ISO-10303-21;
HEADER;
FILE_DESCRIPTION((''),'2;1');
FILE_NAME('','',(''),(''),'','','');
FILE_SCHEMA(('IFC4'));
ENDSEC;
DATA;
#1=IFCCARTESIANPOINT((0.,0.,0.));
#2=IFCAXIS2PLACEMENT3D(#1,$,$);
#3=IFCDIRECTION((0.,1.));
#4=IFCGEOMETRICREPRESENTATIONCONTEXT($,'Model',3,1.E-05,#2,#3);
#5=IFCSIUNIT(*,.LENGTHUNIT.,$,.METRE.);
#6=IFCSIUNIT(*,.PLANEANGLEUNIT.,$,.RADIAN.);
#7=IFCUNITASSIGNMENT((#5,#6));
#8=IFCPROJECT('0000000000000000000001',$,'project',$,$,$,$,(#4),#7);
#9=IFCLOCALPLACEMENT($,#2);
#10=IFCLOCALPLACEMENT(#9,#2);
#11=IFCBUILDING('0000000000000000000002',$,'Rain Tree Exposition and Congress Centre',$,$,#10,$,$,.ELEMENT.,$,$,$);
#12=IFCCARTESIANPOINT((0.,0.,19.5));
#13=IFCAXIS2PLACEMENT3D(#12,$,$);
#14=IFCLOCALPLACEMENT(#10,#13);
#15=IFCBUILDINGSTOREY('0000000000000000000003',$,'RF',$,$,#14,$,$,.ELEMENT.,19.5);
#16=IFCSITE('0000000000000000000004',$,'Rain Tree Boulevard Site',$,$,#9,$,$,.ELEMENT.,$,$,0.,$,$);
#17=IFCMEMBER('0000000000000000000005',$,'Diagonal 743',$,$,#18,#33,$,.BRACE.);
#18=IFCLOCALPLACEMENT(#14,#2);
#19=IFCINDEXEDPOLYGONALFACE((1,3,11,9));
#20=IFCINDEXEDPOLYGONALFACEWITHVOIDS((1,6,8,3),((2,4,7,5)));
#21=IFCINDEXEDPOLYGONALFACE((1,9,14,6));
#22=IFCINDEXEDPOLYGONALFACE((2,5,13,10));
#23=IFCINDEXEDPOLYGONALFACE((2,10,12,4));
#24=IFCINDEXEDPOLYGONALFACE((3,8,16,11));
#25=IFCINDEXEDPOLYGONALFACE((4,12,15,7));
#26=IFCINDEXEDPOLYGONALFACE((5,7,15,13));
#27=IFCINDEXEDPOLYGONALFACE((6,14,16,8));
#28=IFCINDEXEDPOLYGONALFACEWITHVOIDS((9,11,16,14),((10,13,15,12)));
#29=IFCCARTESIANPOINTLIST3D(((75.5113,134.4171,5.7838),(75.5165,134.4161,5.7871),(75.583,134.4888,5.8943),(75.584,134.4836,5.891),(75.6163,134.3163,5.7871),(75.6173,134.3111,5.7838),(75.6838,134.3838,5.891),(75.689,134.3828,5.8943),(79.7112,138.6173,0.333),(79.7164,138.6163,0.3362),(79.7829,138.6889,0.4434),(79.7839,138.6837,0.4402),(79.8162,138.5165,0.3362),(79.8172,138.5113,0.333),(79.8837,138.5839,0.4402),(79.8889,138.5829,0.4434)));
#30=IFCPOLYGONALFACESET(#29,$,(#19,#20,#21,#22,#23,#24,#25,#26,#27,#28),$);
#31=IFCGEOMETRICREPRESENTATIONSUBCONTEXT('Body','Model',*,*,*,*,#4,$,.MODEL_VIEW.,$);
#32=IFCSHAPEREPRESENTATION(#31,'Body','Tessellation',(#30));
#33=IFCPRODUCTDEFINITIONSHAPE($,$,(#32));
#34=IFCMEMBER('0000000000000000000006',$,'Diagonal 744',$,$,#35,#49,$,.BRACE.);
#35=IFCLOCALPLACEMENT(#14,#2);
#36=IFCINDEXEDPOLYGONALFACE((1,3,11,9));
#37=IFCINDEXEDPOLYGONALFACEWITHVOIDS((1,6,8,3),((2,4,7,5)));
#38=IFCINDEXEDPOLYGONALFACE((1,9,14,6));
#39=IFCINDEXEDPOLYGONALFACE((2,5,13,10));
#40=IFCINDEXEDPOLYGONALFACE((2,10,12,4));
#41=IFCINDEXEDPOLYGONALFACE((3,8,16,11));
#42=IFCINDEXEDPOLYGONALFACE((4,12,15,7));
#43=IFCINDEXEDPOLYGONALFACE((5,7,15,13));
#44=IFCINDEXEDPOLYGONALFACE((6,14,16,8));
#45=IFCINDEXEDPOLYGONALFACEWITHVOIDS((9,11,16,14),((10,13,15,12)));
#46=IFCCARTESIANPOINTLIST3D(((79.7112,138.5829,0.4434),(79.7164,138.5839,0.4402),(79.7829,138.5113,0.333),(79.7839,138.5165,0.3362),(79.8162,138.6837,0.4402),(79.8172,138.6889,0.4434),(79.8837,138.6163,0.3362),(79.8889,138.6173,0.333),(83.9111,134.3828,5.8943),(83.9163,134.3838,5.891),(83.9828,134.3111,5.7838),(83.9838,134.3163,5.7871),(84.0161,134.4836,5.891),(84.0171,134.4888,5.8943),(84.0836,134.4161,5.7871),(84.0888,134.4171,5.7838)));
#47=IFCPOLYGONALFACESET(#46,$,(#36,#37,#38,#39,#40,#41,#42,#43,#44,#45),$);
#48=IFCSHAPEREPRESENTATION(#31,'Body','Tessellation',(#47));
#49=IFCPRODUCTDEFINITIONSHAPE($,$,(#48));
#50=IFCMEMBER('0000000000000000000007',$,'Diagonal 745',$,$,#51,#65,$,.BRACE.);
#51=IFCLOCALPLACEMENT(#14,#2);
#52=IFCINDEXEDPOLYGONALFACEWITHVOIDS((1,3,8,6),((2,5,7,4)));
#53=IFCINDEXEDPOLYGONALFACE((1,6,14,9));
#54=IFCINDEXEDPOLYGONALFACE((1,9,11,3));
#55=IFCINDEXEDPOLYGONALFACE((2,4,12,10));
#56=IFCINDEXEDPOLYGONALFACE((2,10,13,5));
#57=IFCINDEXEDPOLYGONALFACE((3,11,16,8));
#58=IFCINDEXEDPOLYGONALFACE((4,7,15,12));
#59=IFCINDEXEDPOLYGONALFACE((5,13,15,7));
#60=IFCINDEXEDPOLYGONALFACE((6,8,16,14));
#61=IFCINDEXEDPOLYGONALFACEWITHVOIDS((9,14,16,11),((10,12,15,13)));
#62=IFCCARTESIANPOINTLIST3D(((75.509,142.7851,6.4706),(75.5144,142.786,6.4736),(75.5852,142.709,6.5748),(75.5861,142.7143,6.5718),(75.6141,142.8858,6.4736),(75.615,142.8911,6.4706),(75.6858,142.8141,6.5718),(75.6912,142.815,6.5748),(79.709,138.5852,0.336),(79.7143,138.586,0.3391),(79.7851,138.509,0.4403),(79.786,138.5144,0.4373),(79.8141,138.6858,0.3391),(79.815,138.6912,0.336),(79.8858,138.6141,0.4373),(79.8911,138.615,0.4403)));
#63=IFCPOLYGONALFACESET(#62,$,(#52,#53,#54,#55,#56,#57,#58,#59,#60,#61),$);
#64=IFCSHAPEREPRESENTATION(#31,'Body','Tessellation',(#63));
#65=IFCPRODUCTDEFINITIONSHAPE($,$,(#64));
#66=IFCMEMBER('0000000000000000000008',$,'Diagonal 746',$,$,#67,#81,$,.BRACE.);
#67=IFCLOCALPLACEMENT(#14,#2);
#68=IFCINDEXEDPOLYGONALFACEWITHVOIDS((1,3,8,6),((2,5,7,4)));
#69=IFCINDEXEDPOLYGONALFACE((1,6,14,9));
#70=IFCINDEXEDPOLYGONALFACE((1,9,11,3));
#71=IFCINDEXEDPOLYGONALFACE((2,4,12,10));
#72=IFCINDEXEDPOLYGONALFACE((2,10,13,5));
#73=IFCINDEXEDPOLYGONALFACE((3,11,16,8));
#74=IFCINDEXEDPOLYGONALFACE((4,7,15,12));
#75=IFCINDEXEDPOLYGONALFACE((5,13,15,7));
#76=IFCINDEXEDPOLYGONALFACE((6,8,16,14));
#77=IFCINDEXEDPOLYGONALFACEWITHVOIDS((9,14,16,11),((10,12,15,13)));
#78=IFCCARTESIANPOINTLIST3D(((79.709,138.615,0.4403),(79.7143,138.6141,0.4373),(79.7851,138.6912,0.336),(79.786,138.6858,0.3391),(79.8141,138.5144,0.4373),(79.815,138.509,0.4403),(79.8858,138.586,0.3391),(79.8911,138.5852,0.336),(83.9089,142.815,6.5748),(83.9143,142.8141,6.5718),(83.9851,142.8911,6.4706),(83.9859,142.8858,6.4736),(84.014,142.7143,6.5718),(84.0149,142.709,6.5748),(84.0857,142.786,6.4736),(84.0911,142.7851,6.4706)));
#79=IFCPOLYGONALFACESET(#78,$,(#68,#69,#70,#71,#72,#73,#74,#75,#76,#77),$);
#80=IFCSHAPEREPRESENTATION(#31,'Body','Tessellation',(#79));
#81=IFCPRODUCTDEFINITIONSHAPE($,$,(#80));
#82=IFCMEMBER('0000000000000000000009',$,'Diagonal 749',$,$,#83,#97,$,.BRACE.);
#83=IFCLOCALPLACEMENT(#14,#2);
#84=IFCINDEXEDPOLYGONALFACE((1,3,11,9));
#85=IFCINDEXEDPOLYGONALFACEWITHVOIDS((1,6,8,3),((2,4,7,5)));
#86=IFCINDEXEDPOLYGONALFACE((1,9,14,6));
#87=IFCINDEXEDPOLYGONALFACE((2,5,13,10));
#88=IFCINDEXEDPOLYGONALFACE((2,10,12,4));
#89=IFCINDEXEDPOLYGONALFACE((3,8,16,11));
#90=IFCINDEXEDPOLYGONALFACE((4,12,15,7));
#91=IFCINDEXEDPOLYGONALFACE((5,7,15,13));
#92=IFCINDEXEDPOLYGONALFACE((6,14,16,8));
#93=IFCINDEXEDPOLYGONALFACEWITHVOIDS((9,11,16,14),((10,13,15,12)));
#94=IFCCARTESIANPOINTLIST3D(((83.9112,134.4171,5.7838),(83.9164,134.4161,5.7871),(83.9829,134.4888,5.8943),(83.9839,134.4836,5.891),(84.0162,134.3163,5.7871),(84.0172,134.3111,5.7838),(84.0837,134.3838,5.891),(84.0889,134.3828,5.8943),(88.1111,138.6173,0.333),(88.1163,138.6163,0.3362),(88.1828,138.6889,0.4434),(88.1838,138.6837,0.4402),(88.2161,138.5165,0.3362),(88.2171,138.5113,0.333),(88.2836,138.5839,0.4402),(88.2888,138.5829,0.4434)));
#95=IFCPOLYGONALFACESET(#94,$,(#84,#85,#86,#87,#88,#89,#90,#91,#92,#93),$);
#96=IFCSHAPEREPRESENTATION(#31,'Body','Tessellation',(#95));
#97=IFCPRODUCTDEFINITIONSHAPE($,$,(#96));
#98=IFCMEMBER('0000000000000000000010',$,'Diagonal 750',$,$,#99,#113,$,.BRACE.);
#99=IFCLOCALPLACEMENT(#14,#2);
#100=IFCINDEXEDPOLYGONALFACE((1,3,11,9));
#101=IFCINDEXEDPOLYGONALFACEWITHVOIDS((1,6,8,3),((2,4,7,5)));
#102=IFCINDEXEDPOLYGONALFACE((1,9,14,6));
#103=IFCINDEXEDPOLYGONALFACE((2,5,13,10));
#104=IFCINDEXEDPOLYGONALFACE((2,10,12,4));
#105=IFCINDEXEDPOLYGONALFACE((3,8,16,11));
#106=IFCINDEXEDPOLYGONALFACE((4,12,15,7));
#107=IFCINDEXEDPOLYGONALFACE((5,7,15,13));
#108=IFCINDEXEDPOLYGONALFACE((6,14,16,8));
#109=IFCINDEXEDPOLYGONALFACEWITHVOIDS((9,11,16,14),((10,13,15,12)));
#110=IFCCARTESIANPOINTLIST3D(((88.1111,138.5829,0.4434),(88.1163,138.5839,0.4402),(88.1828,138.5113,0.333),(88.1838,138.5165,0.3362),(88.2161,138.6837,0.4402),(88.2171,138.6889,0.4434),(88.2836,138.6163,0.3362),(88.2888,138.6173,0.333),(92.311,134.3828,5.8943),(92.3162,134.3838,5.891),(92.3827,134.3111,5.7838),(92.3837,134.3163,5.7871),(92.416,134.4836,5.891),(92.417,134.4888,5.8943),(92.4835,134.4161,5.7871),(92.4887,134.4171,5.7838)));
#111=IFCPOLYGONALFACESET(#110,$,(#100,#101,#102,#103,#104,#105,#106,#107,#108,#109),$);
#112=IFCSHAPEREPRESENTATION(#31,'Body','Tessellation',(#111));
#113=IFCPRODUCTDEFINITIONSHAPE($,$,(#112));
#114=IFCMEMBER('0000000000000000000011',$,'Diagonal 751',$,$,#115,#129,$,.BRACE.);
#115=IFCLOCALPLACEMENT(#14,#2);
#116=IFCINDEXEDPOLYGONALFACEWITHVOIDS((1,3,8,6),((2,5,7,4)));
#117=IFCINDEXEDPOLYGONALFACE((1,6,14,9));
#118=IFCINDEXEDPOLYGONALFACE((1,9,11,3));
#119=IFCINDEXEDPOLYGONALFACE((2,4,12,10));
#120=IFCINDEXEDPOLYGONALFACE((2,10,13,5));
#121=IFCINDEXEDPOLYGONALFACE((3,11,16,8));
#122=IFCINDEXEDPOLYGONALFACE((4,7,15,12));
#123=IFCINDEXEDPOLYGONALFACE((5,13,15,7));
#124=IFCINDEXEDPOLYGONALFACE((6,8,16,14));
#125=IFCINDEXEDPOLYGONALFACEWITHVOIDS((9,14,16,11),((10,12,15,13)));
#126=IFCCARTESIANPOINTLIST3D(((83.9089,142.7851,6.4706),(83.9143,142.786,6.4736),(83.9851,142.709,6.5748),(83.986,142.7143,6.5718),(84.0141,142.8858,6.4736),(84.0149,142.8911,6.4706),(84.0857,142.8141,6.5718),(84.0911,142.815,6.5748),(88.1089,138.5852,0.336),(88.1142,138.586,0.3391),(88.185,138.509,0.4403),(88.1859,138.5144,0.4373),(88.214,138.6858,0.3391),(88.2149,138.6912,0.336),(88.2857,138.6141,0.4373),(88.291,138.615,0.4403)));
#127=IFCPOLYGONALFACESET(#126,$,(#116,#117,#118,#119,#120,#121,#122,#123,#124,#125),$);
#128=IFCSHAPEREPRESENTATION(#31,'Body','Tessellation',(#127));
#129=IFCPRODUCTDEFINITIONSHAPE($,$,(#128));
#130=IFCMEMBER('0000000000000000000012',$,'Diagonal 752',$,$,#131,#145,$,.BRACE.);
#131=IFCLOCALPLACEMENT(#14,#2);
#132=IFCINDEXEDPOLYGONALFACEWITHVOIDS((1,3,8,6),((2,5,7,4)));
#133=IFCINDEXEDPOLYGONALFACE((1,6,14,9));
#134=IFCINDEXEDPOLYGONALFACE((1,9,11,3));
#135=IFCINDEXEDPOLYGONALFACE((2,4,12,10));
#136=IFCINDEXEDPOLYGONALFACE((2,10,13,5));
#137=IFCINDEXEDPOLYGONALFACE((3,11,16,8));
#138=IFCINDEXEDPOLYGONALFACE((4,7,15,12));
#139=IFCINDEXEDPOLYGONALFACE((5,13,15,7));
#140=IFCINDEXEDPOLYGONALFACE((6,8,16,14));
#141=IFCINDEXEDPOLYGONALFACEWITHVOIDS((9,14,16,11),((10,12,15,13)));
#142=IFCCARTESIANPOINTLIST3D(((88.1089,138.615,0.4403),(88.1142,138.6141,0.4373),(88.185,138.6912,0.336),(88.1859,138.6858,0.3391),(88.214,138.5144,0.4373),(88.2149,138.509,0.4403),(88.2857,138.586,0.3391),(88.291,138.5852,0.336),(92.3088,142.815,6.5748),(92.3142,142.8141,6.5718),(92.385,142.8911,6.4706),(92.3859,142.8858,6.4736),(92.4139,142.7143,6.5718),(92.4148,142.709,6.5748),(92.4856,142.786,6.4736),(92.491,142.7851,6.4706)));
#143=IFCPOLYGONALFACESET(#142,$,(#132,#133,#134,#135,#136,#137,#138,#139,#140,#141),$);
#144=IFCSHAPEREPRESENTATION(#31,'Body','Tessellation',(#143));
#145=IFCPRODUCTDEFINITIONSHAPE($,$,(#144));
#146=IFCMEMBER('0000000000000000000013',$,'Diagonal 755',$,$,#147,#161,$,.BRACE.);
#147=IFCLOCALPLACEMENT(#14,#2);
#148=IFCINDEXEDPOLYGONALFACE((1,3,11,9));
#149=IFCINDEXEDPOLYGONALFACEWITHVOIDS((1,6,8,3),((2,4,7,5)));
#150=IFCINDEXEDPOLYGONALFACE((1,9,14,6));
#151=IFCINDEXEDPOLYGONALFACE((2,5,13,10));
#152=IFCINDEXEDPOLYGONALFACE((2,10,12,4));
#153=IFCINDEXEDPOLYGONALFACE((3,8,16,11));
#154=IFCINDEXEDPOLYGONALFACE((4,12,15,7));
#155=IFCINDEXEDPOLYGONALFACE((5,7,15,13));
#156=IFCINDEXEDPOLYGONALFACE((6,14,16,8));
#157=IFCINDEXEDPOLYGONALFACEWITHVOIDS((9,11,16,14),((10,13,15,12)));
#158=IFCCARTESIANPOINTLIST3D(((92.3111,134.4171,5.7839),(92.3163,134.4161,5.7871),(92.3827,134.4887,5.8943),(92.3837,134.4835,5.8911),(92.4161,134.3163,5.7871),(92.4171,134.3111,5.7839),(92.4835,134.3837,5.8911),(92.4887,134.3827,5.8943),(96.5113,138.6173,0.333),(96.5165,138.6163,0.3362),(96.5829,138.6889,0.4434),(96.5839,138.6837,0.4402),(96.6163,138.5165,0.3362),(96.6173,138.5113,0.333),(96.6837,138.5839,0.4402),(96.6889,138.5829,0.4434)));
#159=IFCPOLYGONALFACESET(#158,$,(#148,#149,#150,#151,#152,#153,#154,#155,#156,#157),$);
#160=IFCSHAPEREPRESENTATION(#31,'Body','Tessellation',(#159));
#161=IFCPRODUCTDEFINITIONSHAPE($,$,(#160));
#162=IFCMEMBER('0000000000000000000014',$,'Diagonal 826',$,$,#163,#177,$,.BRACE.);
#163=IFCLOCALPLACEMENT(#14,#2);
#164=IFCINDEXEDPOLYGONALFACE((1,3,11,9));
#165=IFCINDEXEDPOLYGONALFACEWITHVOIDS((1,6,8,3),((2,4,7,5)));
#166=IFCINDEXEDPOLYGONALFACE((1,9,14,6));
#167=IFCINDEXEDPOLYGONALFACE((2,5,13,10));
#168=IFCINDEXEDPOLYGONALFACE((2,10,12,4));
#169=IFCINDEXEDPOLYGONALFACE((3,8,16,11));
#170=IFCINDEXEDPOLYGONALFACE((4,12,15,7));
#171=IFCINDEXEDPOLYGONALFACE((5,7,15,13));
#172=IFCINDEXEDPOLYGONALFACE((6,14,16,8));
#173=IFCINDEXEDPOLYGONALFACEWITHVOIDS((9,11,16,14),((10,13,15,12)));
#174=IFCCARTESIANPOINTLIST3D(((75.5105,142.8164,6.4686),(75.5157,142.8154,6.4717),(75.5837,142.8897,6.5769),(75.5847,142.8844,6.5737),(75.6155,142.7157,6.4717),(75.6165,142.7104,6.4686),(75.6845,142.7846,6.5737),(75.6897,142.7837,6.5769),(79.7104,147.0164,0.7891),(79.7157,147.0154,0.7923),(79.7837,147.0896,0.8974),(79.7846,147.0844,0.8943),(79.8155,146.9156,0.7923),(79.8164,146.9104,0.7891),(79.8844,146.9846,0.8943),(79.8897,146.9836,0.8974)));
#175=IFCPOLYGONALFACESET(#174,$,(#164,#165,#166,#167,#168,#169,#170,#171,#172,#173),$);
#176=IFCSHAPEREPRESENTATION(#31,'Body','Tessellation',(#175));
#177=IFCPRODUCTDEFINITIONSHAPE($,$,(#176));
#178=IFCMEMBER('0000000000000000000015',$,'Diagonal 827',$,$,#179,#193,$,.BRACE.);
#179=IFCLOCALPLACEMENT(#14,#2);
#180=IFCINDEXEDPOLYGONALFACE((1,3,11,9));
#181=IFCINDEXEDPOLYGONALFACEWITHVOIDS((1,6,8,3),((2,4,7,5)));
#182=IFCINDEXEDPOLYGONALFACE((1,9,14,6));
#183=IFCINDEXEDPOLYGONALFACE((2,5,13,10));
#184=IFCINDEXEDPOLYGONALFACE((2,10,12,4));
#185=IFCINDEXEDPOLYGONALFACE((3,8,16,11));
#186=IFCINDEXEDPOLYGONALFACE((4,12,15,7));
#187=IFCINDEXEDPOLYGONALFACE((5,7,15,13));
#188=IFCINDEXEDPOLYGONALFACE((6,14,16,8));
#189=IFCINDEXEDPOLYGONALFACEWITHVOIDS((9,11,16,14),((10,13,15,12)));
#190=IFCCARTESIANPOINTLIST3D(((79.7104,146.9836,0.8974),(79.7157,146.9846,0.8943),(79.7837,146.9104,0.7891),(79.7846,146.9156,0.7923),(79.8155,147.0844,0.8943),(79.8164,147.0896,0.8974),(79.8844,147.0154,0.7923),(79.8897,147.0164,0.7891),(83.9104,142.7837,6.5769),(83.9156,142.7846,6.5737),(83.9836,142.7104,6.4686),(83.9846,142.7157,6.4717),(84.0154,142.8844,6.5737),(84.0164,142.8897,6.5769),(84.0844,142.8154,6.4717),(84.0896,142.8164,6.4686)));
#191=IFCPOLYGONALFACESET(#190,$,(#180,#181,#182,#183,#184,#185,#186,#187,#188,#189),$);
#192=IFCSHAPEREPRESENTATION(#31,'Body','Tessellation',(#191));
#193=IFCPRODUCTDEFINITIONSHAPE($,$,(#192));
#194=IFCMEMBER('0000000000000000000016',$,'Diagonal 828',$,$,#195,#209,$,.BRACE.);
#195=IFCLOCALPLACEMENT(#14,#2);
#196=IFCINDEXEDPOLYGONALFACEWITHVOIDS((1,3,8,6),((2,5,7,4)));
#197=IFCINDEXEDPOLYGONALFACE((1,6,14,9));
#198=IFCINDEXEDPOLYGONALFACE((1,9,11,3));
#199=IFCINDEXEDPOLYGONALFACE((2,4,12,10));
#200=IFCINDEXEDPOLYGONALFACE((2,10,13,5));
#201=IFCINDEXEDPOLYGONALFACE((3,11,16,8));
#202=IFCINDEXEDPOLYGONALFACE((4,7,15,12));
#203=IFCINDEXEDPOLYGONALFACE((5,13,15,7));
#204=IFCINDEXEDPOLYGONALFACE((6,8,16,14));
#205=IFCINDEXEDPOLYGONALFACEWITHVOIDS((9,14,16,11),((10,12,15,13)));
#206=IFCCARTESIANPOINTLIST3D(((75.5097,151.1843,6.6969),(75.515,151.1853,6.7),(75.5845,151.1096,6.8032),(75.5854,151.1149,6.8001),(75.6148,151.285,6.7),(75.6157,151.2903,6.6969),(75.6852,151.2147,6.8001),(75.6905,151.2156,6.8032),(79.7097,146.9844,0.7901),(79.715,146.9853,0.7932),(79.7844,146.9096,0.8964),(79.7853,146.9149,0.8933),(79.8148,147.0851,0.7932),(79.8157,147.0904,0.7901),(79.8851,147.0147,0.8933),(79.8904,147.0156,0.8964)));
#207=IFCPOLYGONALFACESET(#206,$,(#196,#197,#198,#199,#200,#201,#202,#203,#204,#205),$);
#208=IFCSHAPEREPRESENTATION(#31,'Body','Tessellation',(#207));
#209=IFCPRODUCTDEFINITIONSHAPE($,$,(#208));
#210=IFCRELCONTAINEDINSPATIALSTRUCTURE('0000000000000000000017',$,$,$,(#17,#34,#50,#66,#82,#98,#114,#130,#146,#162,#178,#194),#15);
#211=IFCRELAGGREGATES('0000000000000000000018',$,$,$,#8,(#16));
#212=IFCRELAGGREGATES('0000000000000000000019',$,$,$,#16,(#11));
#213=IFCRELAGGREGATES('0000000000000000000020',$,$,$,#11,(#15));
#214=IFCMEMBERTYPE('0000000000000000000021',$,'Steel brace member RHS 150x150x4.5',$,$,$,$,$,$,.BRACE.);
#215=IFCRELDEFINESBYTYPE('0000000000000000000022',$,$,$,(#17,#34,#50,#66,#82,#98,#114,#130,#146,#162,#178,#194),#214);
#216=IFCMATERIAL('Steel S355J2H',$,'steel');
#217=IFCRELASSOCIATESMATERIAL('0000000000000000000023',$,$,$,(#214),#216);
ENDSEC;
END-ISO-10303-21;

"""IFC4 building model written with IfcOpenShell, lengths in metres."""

from ifc_helpers import new_model, si_unit, direction, frame, origin, origin_2d, place, context, subcontext, project, spatial, hollow_rectangle, extrude, material, material_profile, profile_set, type_object, element, save


model = new_model("IFC4")

# Units and contexts
model_context = context("Model", 3, precision=1e-05, world=origin(), true_north=direction((0.0, 1.0)))
body_context = subcontext(model_context, "Body", "Model", "MODEL_VIEW")
ifc_project = project(units=[si_unit("LENGTHUNIT", "METRE"), si_unit("PLANEANGLEUNIT", "RADIAN")], contexts=[model_context])

# Site, building, storey
site_placement = place(None, origin())
site = spatial("IfcSite", under=ifc_project, at=site_placement, Name="Rain Tree Boulevard Site", CompositionType="ELEMENT", RefElevation=0.0)
building_placement = place(site_placement, origin())
building = spatial("IfcBuilding", under=site, at=building_placement, Name="Rain Tree Exposition and Congress Centre", CompositionType="ELEMENT")
storey_placement = place(building_placement, frame((0.0, 0.0, 19.5)))
storey = spatial("IfcBuildingStorey", under=building, at=storey_placement, Name="RF", CompositionType="ELEMENT", Elevation=19.5)

# Members
ifc_material_1 = material(Name="Steel S355J2H", Category="steel")
ifc_material_profile_1 = material_profile(ifc_material_1, hollow_rectangle(XDim=0.1499, YDim=0.1499, WallThickness=0.0044, at=origin_2d()), Name="RHS 150x150x4.5")
ifc_profile_set_1 = profile_set([ifc_material_profile_1], Name="Steel S355J2H")
member_type_1 = type_object("IfcMemberType", Name="Steel brace member RHS 150x150x4.5", PredefinedType="BRACE", material=ifc_profile_set_1)
for number, where, z_axis, x_axis, name in (
    (1, (79.8, 138.6001, 0.3882), (-0.520965, -0.520995, 0.676136), (0.707127, -0.707086, 0.0), "Diagonal 743"),
    (2, (79.8, 138.6001, 0.3882), (0.520965, -0.520995, 0.676136), (0.707127, 0.707086, 0.0), "Diagonal 744"),
):
    element("IfcMember", number, at=place(storey_placement, frame(where, z_axis=z_axis, x_axis=x_axis)), inside=storey, type_object=member_type_1, Name=name, PredefinedType="BRACE", context=body_context, shape_type="SweptSolid", body=[
        extrude(hollow_rectangle(XDim=0.1499, YDim=0.1499, WallThickness=0.0044, at=origin_2d()), origin(), (0.0, 0.0, 1.0), 8.0618),
    ])
for number, where, z_axis, x_axis, name in (
    (3, (79.8, 138.6001, 0.3882), (-0.491865, 0.491865, 0.718427), (-0.707107, -0.707107, 0.0), "Diagonal 745"),
    (4, (79.8, 138.6001, 0.3882), (0.491865, 0.491865, 0.718427), (-0.707107, 0.707107, 0.0), "Diagonal 746"),
):
    element("IfcMember", number, at=place(storey_placement, frame(where, z_axis=z_axis, x_axis=x_axis)), inside=storey, type_object=member_type_1, Name=name, PredefinedType="BRACE", context=body_context, shape_type="SweptSolid", body=[
        extrude(hollow_rectangle(XDim=0.1499, YDim=0.1499, WallThickness=0.0044, at=origin_2d()), origin(), (0.0, 0.0, 1.0), 8.5388),
    ])
for number, where, z_axis, x_axis, name in (
    (5, (88.2, 138.6001, 0.3882), (-0.520965, -0.520995, 0.676136), (0.707127, -0.707086, 0.0), "Diagonal 749"),
    (6, (88.2, 138.6001, 0.3882), (0.520965, -0.520995, 0.676136), (0.707127, 0.707086, 0.0), "Diagonal 750"),
):
    element("IfcMember", number, at=place(storey_placement, frame(where, z_axis=z_axis, x_axis=x_axis)), inside=storey, type_object=member_type_1, Name=name, PredefinedType="BRACE", context=body_context, shape_type="SweptSolid", body=[
        extrude(hollow_rectangle(XDim=0.1499, YDim=0.1499, WallThickness=0.0044, at=origin_2d()), origin(), (0.0, 0.0, 1.0), 8.0618),
    ])
for number, where, z_axis, x_axis, name in (
    (7, (88.2, 138.6001, 0.3882), (-0.491865, 0.491865, 0.718427), (-0.707107, -0.707107, 0.0), "Diagonal 751"),
    (8, (88.2, 138.6001, 0.3882), (0.491865, 0.491865, 0.718427), (-0.707107, 0.707107, 0.0), "Diagonal 752"),
):
    element("IfcMember", number, at=place(storey_placement, frame(where, z_axis=z_axis, x_axis=x_axis)), inside=storey, type_object=member_type_1, Name=name, PredefinedType="BRACE", context=body_context, shape_type="SweptSolid", body=[
        extrude(hollow_rectangle(XDim=0.1499, YDim=0.1499, WallThickness=0.0044, at=origin_2d()), origin(), (0.0, 0.0, 1.0), 8.5388),
    ])
member_1_placement = place(storey_placement, frame((96.6001, 138.6001, 0.3882), z_axis=(-0.520987, -0.520987, 0.676126), x_axis=(0.707107, -0.707107, 0.0)))
element("IfcMember", 9, at=member_1_placement, inside=storey, type_object=member_type_1, Name="Diagonal 755", PredefinedType="BRACE", context=body_context, shape_type="SweptSolid", body=[
    extrude(hollow_rectangle(XDim=0.1499, YDim=0.1499, WallThickness=0.0044, at=origin_2d()), origin(), (0.0, 0.0, 1.0), 8.062),
])
for number, where, z_axis, x_axis, name in (
    (10, (79.8, 147.0, 0.8433), (-0.511068, -0.511068, 0.691099), (0.707107, -0.707107, 0.0), "Diagonal 826"),
    (11, (79.8, 147.0, 0.8433), (0.511068, -0.511068, 0.691099), (0.707107, 0.707107, 0.0), "Diagonal 827"),
):
    element("IfcMember", number, at=place(storey_placement, frame(where, z_axis=z_axis, x_axis=x_axis)), inside=storey, type_object=member_type_1, Name=name, PredefinedType="BRACE", context=body_context, shape_type="SweptSolid", body=[
        extrude(hollow_rectangle(XDim=0.1499, YDim=0.1499, WallThickness=0.0044, at=origin_2d()), origin(), (0.0, 0.0, 1.0), 8.218),
    ])
for number, where, z_axis, x_axis, name in (
    (12, (79.8, 147.0, 0.8433), (-0.501386, 0.501386, 0.705141), (-0.707107, -0.707107, 0.0), "Diagonal 828"),
):
    element("IfcMember", number, at=place(storey_placement, frame(where, z_axis=z_axis, x_axis=x_axis)), inside=storey, type_object=member_type_1, Name=name, PredefinedType="BRACE", context=body_context, shape_type="SweptSolid", body=[
        extrude(hollow_rectangle(XDim=0.1499, YDim=0.1499, WallThickness=0.0044, at=origin_2d()), origin(), (0.0, 0.0, 1.0), 8.3767),
    ])

save(model, "model.ifc")
